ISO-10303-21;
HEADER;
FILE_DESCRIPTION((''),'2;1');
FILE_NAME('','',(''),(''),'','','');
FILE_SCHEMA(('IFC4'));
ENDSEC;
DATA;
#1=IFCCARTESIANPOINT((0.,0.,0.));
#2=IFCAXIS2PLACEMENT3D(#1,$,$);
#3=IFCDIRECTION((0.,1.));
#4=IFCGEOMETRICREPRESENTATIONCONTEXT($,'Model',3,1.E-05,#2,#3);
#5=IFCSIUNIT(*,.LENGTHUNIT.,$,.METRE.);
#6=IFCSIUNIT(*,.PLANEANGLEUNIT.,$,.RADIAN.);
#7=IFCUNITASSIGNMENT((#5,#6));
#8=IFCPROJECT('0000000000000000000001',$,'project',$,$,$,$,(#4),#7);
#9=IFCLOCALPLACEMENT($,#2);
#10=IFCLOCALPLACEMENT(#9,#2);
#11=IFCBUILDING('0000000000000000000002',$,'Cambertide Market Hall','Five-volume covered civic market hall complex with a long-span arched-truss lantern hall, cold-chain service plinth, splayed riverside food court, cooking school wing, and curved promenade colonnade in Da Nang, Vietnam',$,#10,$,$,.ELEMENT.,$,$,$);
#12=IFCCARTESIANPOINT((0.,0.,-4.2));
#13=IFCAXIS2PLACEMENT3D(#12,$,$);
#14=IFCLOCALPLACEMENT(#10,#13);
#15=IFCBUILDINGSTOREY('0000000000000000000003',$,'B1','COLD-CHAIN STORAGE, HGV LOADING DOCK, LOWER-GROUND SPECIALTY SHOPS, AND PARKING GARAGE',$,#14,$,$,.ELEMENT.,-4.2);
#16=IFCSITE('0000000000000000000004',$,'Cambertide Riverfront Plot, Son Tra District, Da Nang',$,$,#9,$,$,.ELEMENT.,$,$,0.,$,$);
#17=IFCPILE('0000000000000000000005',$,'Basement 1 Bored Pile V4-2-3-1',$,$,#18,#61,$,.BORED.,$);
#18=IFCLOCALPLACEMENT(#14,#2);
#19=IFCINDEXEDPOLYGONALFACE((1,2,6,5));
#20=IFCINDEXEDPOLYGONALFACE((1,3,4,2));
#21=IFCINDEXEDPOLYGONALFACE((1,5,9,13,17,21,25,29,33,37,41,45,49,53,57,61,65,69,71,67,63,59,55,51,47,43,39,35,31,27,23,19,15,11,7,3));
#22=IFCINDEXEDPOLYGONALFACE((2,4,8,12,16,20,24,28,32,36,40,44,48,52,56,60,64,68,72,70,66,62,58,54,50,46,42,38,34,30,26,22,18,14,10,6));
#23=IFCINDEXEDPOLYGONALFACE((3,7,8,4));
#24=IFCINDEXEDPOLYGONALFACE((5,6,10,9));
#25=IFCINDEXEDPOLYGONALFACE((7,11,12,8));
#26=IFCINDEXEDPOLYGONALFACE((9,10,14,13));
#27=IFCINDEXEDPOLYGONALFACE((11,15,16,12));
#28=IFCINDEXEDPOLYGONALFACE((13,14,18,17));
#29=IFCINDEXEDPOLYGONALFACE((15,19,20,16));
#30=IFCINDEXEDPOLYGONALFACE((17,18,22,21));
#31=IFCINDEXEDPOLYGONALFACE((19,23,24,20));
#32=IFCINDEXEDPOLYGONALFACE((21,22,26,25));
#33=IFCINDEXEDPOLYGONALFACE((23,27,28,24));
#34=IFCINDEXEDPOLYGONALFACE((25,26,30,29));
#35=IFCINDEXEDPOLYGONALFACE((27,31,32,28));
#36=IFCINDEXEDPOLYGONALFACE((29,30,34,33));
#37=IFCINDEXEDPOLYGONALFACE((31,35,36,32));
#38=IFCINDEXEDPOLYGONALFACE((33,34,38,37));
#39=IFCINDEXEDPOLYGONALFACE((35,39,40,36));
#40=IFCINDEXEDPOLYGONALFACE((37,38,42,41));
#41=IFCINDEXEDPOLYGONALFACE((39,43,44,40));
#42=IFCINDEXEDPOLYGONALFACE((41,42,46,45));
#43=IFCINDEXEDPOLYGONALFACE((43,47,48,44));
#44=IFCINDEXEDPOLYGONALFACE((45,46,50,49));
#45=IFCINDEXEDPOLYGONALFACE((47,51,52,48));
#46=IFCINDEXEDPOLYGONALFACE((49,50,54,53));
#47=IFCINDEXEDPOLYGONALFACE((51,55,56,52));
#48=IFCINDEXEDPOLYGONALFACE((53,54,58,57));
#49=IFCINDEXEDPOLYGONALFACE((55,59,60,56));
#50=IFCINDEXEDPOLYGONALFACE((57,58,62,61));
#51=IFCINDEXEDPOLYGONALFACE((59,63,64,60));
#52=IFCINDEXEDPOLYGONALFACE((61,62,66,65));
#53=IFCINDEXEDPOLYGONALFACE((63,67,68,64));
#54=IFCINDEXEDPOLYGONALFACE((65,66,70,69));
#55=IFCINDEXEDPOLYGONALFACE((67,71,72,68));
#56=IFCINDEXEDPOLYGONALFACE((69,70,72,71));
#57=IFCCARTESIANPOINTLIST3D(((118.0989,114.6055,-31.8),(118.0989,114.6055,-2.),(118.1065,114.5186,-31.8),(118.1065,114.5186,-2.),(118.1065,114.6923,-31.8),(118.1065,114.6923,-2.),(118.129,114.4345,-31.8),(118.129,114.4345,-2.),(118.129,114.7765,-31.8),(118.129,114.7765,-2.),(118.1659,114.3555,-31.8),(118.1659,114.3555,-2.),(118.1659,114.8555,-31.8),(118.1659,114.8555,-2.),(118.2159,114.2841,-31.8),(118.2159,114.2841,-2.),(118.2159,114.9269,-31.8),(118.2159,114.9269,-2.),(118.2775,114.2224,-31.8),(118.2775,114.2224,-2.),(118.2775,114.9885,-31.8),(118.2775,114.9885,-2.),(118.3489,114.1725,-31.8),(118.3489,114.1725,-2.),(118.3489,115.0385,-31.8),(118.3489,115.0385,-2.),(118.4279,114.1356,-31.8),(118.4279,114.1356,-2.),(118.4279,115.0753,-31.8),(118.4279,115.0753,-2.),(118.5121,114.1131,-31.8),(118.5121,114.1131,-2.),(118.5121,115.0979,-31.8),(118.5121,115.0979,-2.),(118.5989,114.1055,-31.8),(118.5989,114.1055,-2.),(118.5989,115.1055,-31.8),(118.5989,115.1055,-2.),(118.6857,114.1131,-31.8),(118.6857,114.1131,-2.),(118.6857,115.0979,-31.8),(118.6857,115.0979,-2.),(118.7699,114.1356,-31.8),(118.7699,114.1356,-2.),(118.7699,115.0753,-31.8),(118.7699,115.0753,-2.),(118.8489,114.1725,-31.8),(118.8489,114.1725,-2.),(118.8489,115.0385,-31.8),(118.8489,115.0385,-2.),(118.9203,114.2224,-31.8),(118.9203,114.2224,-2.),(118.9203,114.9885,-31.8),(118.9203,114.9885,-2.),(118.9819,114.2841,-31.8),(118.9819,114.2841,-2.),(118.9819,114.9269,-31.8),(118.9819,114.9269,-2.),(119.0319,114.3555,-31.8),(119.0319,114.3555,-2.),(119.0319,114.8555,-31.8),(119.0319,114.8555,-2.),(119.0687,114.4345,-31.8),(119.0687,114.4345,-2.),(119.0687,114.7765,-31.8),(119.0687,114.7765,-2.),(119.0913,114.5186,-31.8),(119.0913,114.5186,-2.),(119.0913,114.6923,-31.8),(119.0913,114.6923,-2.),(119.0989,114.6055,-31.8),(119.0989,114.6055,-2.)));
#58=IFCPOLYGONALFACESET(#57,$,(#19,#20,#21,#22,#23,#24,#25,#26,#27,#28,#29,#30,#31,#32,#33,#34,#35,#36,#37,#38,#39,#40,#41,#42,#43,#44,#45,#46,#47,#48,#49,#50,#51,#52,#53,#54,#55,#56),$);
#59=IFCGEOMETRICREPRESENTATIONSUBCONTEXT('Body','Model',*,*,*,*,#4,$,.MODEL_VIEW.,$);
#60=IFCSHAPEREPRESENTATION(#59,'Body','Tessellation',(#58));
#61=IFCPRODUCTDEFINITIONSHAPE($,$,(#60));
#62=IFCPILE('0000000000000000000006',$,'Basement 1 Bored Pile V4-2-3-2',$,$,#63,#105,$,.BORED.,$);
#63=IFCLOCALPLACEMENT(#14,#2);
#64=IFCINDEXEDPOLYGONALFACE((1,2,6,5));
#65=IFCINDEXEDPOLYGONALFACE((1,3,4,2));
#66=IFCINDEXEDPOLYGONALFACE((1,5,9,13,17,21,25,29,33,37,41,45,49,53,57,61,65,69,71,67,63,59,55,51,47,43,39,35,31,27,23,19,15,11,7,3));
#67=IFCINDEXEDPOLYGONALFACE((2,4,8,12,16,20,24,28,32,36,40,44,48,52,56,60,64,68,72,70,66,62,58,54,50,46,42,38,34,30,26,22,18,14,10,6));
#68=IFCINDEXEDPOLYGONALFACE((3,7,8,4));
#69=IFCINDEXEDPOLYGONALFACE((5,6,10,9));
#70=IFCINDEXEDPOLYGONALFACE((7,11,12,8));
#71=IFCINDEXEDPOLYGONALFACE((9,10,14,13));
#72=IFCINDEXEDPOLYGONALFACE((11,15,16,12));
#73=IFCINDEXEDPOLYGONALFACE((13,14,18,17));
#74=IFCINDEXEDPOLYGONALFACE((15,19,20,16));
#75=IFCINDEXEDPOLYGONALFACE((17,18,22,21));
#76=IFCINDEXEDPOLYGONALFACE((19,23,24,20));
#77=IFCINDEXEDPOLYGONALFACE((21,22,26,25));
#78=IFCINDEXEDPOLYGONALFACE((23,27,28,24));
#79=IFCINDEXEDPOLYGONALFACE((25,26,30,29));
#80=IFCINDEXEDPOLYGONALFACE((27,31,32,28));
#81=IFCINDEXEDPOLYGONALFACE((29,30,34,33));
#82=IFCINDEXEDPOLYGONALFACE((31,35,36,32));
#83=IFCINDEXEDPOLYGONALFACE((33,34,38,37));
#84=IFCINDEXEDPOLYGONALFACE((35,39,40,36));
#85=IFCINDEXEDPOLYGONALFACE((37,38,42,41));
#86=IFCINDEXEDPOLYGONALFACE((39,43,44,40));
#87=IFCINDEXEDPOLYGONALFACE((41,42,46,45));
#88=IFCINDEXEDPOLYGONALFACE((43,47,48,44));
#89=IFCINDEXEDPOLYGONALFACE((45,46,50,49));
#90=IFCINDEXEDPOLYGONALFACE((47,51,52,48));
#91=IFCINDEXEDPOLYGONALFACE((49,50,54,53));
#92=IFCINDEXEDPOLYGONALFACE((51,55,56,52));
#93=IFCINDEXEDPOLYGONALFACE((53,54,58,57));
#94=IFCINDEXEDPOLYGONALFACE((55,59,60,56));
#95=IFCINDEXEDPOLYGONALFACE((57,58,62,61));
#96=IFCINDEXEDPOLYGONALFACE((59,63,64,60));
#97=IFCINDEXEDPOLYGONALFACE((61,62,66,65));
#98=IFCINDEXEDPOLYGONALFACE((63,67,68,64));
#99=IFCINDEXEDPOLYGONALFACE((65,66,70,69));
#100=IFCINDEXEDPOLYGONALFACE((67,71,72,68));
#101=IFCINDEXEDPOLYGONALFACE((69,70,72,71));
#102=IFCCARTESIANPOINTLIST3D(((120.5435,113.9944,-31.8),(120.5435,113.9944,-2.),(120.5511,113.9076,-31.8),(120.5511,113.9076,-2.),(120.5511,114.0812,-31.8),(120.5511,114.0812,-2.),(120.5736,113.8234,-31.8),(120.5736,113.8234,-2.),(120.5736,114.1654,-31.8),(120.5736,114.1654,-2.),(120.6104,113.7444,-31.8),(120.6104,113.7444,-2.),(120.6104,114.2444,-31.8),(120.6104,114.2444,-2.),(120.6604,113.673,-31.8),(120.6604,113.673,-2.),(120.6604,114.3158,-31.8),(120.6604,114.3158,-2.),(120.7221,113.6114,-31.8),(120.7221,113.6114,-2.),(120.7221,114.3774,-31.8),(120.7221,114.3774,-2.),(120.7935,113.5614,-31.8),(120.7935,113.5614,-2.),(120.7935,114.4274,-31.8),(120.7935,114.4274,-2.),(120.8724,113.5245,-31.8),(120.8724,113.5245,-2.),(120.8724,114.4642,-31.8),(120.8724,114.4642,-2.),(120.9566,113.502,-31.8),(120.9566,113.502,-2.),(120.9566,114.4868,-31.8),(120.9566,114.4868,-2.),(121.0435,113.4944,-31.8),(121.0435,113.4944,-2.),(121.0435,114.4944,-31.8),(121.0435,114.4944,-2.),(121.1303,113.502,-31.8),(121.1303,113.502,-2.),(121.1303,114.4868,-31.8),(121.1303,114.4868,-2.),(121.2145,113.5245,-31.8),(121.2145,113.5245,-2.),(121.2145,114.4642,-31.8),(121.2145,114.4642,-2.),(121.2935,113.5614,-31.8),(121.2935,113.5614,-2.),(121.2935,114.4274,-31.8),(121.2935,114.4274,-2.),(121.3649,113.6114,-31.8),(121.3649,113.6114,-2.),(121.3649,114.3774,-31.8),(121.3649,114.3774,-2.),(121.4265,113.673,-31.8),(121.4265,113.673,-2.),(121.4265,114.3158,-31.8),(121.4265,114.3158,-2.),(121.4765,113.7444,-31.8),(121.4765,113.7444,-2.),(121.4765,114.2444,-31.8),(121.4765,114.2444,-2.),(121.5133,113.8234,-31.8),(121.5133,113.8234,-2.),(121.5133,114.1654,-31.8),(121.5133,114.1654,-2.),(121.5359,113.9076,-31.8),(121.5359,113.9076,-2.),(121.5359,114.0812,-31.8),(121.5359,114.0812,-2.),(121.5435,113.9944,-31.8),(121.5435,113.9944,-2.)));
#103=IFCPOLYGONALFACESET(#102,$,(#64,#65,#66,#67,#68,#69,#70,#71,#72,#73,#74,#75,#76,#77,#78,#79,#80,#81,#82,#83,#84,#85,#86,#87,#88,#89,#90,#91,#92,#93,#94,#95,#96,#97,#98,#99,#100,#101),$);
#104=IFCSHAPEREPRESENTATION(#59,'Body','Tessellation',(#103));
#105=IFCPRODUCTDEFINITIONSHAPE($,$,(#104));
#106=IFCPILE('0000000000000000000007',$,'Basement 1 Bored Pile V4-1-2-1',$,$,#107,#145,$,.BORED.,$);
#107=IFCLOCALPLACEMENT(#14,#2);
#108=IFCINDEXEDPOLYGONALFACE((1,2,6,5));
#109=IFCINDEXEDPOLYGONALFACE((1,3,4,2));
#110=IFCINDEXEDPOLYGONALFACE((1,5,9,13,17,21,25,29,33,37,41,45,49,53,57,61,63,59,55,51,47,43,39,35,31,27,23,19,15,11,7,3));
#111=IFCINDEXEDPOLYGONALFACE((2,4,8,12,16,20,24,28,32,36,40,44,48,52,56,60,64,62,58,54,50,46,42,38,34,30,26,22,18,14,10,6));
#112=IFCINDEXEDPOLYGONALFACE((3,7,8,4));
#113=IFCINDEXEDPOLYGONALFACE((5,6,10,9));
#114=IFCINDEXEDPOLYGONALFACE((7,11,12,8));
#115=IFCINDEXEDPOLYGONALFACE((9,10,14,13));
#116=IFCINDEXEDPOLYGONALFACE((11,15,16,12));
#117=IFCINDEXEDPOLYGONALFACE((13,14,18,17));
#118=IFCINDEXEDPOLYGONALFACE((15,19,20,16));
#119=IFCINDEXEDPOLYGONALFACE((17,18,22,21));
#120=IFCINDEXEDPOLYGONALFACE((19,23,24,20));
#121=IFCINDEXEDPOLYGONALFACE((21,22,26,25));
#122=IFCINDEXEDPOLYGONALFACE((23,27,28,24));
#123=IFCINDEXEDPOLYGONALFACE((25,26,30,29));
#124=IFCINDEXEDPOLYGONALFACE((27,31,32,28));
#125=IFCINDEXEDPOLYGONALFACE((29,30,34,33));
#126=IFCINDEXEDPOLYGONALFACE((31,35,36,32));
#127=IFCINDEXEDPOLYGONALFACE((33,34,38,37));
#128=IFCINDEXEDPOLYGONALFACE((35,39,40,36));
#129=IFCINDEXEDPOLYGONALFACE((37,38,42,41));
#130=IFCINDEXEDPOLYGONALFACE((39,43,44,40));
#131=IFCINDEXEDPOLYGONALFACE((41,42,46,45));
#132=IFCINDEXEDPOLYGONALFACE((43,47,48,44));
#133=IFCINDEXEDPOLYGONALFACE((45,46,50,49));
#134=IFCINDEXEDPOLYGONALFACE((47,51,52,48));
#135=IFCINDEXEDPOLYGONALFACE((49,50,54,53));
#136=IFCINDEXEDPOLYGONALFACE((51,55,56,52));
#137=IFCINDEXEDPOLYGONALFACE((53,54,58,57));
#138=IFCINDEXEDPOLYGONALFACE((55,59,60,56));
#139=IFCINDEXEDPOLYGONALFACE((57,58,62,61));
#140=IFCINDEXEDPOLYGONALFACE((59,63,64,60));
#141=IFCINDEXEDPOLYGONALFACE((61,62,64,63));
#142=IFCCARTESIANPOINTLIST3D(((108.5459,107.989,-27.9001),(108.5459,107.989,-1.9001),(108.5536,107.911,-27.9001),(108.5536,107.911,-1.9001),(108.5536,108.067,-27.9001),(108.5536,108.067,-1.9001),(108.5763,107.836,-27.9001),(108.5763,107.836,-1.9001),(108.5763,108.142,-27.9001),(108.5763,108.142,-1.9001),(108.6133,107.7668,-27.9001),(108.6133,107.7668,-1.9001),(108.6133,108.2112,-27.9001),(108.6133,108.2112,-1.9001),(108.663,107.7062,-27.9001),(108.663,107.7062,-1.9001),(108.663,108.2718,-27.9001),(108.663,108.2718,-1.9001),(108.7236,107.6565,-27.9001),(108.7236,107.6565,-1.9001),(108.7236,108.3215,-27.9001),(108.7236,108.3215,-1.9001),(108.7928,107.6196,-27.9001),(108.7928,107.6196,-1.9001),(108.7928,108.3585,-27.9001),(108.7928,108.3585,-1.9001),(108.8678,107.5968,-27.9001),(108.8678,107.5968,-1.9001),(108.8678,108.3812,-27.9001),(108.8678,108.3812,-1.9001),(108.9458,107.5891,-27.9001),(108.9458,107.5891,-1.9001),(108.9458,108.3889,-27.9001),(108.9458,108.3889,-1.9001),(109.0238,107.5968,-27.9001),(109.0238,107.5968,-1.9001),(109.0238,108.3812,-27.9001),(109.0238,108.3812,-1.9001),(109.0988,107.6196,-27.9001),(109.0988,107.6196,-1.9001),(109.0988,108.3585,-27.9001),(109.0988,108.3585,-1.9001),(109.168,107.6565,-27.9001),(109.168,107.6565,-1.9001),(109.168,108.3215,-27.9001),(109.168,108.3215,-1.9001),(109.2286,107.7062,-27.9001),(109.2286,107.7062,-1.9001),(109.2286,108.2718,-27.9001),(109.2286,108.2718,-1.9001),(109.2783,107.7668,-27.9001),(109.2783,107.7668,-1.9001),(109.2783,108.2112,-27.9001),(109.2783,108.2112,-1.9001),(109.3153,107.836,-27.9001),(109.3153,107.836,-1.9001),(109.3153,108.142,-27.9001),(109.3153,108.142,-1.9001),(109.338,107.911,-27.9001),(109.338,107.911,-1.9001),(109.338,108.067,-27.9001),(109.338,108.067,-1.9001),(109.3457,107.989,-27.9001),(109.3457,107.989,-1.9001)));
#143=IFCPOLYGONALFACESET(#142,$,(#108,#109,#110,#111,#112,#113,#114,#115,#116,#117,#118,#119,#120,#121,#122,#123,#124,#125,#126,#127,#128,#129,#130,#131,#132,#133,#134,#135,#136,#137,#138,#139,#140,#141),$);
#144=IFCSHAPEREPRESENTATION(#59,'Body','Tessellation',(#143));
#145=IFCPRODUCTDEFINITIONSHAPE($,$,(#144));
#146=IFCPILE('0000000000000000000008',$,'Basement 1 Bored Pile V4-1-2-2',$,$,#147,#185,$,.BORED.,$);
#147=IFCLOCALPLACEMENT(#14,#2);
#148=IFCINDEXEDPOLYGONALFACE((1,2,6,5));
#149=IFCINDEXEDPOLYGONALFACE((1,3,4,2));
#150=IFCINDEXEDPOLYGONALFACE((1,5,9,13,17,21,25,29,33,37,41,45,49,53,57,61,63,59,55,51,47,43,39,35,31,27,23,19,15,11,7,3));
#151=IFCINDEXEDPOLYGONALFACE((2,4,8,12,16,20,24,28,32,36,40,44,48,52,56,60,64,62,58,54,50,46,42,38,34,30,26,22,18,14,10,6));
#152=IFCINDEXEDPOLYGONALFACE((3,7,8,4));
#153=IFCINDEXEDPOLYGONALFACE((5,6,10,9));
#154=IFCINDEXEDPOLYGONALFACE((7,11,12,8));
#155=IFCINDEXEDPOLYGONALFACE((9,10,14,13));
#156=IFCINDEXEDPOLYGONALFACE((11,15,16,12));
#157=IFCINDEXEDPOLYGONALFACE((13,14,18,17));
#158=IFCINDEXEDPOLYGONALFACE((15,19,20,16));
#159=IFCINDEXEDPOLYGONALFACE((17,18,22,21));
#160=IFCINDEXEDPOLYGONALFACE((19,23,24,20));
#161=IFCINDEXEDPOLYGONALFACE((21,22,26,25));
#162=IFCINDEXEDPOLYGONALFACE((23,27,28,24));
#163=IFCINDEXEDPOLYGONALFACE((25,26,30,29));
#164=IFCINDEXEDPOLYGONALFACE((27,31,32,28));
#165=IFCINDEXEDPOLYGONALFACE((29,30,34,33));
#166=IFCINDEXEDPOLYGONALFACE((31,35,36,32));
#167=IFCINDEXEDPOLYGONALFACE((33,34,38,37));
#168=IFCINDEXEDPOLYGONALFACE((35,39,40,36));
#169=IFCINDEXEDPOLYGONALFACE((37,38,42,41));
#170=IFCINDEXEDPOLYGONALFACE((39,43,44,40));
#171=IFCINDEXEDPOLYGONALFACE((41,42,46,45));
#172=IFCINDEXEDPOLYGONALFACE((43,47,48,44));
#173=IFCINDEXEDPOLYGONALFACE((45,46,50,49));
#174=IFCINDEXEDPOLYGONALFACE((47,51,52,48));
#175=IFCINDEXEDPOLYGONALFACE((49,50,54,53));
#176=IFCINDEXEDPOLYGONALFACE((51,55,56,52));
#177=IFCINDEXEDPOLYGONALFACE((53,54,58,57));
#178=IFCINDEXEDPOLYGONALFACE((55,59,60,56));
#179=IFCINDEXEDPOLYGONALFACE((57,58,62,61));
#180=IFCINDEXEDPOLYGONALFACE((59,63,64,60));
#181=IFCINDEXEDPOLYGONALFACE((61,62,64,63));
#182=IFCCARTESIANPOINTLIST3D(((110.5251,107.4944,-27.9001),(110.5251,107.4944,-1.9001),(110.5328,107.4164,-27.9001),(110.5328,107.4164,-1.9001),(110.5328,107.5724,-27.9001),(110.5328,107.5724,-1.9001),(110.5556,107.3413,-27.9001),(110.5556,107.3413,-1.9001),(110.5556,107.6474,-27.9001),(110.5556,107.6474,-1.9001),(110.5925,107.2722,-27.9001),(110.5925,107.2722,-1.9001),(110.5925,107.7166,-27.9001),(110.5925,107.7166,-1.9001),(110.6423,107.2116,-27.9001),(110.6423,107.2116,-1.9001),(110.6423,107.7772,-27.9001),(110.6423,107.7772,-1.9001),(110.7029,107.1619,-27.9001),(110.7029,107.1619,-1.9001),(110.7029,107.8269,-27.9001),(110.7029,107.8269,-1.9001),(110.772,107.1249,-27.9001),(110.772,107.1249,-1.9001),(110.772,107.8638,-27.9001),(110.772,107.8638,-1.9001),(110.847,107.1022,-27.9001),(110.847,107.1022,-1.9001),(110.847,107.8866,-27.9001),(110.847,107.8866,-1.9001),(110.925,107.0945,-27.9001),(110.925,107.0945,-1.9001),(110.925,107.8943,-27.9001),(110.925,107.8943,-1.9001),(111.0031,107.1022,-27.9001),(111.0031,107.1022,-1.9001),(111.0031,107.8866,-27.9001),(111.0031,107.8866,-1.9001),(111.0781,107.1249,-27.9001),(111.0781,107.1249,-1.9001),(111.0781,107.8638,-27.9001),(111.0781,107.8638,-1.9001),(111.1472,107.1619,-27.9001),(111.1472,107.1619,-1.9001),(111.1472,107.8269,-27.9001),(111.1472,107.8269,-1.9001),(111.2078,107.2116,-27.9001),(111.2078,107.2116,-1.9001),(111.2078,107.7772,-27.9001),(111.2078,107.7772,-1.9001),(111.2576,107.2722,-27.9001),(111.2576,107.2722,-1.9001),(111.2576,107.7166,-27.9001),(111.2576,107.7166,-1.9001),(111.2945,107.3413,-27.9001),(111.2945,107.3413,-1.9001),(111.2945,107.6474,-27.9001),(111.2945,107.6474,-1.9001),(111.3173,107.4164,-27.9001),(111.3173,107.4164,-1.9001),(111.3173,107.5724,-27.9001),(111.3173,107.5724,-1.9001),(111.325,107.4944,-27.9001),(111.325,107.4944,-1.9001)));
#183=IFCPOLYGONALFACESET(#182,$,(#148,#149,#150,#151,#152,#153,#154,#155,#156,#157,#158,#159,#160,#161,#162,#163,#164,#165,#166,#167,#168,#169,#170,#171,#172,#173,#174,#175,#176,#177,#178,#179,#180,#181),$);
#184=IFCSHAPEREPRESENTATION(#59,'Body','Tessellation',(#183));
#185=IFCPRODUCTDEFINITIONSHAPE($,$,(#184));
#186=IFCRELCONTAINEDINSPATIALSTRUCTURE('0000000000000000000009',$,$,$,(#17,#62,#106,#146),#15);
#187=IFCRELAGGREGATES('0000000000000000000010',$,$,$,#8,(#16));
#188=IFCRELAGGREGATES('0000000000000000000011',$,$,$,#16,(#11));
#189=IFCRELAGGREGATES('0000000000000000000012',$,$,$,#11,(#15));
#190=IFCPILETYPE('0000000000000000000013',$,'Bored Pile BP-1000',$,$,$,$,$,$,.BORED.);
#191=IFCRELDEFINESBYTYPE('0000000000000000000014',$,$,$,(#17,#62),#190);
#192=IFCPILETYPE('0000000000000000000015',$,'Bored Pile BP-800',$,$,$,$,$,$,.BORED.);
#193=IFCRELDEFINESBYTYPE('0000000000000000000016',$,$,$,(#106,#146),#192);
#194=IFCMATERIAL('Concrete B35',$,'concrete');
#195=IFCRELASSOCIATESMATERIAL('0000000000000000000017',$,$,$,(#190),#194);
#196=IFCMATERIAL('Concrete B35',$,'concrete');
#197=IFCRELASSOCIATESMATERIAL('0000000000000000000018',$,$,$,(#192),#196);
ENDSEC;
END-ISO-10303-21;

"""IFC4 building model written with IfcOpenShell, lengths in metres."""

from ifc_helpers import new_model, si_unit, direction, frame, origin, origin_2d, place, context, subcontext, project, spatial, circle, extrude, material, material_profile, profile_set, type_object, element, save


model = new_model("IFC4")

# Units and contexts
model_context = context("Model", 3, precision=1e-05, world=origin(), true_north=direction((0.0, 1.0)))
body_context = subcontext(model_context, "Body", "Model", "MODEL_VIEW")
ifc_project = project(units=[si_unit("LENGTHUNIT", "METRE"), si_unit("PLANEANGLEUNIT", "RADIAN")], contexts=[model_context])

# Site, building, storey
site_placement = place(None, origin())
site = spatial("IfcSite", under=ifc_project, at=site_placement, Name="Cambertide Riverfront Plot, Son Tra District, Da Nang", CompositionType="ELEMENT", RefElevation=0.0)
building_placement = place(site_placement, origin())
building = spatial("IfcBuilding", under=site, at=building_placement, Name="Cambertide Market Hall", Description="Five-volume covered civic market hall complex with a long-span arched-truss lantern hall, cold-chain service plinth, splayed riverside food court, cooking school wing, and curved promenade colonnade in Da Nang, Vietnam", CompositionType="ELEMENT")
storey_placement = place(building_placement, frame((0.0, 0.0, -4.2)))
storey = spatial("IfcBuildingStorey", under=building, at=storey_placement, Name="B1", Description="COLD-CHAIN STORAGE, HGV LOADING DOCK, LOWER-GROUND SPECIALTY SHOPS, AND PARKING GARAGE", CompositionType="ELEMENT", Elevation=-4.2)

# Piles
ifc_material_1 = material(Name="Concrete B35", Category="concrete")
ifc_material_profile_1 = material_profile(ifc_material_1, circle(Radius=0.5, at=origin_2d()), Name="BP D1000")
ifc_profile_set_1 = profile_set([ifc_material_profile_1], Name="Concrete B35")
pile_type_1 = type_object("IfcPileType", Name="Bored Pile BP-1000", PredefinedType="BORED", material=ifc_profile_set_1)
for number, where, z_axis, x_axis, name in (
    (1, (118.5989, 114.6055, -2.0), (0.0, 0.0, -1.0), (1.0, 0.0, 0.0), "Basement 1 Bored Pile V4-2-3-1"),
    (2, (121.0435, 113.9944, -2.0), (0.0, 0.0, -1.0), (1.0, 0.0, 0.0), "Basement 1 Bored Pile V4-2-3-2"),
):
    element("IfcPile", number, at=place(storey_placement, frame(where, z_axis=z_axis, x_axis=x_axis)), inside=storey, type_object=pile_type_1, Name=name, PredefinedType="BORED", context=body_context, shape_type="SweptSolid", body=[
        extrude(circle(Radius=0.5, at=origin_2d()), origin(), (0.0, 0.0, 1.0), 29.8),
    ])
ifc_material_2 = material(Name="Concrete B35", Category="concrete")
ifc_material_profile_2 = material_profile(ifc_material_2, circle(Radius=0.3999, at=origin_2d()), Name="BP D800")
ifc_profile_set_2 = profile_set([ifc_material_profile_2], Name="Concrete B35")
pile_type_2 = type_object("IfcPileType", Name="Bored Pile BP-800", PredefinedType="BORED", material=ifc_profile_set_2)
for number, where, z_axis, x_axis, name in (
    (3, (108.9458, 107.989, -1.9001), (0.0, 0.0, -1.0), (1.0, 0.0, 0.0), "Basement 1 Bored Pile V4-1-2-1"),
    (4, (110.925, 107.4944, -1.9001), (0.0, 0.0, -1.0), (1.0, 0.0, 0.0), "Basement 1 Bored Pile V4-1-2-2"),
):
    element("IfcPile", number, at=place(storey_placement, frame(where, z_axis=z_axis, x_axis=x_axis)), inside=storey, type_object=pile_type_2, Name=name, PredefinedType="BORED", context=body_context, shape_type="SweptSolid", body=[
        extrude(circle(Radius=0.3999, at=origin_2d()), origin(), (0.0, 0.0, 1.0), 26.0),
    ])

save(model, "model.ifc")
